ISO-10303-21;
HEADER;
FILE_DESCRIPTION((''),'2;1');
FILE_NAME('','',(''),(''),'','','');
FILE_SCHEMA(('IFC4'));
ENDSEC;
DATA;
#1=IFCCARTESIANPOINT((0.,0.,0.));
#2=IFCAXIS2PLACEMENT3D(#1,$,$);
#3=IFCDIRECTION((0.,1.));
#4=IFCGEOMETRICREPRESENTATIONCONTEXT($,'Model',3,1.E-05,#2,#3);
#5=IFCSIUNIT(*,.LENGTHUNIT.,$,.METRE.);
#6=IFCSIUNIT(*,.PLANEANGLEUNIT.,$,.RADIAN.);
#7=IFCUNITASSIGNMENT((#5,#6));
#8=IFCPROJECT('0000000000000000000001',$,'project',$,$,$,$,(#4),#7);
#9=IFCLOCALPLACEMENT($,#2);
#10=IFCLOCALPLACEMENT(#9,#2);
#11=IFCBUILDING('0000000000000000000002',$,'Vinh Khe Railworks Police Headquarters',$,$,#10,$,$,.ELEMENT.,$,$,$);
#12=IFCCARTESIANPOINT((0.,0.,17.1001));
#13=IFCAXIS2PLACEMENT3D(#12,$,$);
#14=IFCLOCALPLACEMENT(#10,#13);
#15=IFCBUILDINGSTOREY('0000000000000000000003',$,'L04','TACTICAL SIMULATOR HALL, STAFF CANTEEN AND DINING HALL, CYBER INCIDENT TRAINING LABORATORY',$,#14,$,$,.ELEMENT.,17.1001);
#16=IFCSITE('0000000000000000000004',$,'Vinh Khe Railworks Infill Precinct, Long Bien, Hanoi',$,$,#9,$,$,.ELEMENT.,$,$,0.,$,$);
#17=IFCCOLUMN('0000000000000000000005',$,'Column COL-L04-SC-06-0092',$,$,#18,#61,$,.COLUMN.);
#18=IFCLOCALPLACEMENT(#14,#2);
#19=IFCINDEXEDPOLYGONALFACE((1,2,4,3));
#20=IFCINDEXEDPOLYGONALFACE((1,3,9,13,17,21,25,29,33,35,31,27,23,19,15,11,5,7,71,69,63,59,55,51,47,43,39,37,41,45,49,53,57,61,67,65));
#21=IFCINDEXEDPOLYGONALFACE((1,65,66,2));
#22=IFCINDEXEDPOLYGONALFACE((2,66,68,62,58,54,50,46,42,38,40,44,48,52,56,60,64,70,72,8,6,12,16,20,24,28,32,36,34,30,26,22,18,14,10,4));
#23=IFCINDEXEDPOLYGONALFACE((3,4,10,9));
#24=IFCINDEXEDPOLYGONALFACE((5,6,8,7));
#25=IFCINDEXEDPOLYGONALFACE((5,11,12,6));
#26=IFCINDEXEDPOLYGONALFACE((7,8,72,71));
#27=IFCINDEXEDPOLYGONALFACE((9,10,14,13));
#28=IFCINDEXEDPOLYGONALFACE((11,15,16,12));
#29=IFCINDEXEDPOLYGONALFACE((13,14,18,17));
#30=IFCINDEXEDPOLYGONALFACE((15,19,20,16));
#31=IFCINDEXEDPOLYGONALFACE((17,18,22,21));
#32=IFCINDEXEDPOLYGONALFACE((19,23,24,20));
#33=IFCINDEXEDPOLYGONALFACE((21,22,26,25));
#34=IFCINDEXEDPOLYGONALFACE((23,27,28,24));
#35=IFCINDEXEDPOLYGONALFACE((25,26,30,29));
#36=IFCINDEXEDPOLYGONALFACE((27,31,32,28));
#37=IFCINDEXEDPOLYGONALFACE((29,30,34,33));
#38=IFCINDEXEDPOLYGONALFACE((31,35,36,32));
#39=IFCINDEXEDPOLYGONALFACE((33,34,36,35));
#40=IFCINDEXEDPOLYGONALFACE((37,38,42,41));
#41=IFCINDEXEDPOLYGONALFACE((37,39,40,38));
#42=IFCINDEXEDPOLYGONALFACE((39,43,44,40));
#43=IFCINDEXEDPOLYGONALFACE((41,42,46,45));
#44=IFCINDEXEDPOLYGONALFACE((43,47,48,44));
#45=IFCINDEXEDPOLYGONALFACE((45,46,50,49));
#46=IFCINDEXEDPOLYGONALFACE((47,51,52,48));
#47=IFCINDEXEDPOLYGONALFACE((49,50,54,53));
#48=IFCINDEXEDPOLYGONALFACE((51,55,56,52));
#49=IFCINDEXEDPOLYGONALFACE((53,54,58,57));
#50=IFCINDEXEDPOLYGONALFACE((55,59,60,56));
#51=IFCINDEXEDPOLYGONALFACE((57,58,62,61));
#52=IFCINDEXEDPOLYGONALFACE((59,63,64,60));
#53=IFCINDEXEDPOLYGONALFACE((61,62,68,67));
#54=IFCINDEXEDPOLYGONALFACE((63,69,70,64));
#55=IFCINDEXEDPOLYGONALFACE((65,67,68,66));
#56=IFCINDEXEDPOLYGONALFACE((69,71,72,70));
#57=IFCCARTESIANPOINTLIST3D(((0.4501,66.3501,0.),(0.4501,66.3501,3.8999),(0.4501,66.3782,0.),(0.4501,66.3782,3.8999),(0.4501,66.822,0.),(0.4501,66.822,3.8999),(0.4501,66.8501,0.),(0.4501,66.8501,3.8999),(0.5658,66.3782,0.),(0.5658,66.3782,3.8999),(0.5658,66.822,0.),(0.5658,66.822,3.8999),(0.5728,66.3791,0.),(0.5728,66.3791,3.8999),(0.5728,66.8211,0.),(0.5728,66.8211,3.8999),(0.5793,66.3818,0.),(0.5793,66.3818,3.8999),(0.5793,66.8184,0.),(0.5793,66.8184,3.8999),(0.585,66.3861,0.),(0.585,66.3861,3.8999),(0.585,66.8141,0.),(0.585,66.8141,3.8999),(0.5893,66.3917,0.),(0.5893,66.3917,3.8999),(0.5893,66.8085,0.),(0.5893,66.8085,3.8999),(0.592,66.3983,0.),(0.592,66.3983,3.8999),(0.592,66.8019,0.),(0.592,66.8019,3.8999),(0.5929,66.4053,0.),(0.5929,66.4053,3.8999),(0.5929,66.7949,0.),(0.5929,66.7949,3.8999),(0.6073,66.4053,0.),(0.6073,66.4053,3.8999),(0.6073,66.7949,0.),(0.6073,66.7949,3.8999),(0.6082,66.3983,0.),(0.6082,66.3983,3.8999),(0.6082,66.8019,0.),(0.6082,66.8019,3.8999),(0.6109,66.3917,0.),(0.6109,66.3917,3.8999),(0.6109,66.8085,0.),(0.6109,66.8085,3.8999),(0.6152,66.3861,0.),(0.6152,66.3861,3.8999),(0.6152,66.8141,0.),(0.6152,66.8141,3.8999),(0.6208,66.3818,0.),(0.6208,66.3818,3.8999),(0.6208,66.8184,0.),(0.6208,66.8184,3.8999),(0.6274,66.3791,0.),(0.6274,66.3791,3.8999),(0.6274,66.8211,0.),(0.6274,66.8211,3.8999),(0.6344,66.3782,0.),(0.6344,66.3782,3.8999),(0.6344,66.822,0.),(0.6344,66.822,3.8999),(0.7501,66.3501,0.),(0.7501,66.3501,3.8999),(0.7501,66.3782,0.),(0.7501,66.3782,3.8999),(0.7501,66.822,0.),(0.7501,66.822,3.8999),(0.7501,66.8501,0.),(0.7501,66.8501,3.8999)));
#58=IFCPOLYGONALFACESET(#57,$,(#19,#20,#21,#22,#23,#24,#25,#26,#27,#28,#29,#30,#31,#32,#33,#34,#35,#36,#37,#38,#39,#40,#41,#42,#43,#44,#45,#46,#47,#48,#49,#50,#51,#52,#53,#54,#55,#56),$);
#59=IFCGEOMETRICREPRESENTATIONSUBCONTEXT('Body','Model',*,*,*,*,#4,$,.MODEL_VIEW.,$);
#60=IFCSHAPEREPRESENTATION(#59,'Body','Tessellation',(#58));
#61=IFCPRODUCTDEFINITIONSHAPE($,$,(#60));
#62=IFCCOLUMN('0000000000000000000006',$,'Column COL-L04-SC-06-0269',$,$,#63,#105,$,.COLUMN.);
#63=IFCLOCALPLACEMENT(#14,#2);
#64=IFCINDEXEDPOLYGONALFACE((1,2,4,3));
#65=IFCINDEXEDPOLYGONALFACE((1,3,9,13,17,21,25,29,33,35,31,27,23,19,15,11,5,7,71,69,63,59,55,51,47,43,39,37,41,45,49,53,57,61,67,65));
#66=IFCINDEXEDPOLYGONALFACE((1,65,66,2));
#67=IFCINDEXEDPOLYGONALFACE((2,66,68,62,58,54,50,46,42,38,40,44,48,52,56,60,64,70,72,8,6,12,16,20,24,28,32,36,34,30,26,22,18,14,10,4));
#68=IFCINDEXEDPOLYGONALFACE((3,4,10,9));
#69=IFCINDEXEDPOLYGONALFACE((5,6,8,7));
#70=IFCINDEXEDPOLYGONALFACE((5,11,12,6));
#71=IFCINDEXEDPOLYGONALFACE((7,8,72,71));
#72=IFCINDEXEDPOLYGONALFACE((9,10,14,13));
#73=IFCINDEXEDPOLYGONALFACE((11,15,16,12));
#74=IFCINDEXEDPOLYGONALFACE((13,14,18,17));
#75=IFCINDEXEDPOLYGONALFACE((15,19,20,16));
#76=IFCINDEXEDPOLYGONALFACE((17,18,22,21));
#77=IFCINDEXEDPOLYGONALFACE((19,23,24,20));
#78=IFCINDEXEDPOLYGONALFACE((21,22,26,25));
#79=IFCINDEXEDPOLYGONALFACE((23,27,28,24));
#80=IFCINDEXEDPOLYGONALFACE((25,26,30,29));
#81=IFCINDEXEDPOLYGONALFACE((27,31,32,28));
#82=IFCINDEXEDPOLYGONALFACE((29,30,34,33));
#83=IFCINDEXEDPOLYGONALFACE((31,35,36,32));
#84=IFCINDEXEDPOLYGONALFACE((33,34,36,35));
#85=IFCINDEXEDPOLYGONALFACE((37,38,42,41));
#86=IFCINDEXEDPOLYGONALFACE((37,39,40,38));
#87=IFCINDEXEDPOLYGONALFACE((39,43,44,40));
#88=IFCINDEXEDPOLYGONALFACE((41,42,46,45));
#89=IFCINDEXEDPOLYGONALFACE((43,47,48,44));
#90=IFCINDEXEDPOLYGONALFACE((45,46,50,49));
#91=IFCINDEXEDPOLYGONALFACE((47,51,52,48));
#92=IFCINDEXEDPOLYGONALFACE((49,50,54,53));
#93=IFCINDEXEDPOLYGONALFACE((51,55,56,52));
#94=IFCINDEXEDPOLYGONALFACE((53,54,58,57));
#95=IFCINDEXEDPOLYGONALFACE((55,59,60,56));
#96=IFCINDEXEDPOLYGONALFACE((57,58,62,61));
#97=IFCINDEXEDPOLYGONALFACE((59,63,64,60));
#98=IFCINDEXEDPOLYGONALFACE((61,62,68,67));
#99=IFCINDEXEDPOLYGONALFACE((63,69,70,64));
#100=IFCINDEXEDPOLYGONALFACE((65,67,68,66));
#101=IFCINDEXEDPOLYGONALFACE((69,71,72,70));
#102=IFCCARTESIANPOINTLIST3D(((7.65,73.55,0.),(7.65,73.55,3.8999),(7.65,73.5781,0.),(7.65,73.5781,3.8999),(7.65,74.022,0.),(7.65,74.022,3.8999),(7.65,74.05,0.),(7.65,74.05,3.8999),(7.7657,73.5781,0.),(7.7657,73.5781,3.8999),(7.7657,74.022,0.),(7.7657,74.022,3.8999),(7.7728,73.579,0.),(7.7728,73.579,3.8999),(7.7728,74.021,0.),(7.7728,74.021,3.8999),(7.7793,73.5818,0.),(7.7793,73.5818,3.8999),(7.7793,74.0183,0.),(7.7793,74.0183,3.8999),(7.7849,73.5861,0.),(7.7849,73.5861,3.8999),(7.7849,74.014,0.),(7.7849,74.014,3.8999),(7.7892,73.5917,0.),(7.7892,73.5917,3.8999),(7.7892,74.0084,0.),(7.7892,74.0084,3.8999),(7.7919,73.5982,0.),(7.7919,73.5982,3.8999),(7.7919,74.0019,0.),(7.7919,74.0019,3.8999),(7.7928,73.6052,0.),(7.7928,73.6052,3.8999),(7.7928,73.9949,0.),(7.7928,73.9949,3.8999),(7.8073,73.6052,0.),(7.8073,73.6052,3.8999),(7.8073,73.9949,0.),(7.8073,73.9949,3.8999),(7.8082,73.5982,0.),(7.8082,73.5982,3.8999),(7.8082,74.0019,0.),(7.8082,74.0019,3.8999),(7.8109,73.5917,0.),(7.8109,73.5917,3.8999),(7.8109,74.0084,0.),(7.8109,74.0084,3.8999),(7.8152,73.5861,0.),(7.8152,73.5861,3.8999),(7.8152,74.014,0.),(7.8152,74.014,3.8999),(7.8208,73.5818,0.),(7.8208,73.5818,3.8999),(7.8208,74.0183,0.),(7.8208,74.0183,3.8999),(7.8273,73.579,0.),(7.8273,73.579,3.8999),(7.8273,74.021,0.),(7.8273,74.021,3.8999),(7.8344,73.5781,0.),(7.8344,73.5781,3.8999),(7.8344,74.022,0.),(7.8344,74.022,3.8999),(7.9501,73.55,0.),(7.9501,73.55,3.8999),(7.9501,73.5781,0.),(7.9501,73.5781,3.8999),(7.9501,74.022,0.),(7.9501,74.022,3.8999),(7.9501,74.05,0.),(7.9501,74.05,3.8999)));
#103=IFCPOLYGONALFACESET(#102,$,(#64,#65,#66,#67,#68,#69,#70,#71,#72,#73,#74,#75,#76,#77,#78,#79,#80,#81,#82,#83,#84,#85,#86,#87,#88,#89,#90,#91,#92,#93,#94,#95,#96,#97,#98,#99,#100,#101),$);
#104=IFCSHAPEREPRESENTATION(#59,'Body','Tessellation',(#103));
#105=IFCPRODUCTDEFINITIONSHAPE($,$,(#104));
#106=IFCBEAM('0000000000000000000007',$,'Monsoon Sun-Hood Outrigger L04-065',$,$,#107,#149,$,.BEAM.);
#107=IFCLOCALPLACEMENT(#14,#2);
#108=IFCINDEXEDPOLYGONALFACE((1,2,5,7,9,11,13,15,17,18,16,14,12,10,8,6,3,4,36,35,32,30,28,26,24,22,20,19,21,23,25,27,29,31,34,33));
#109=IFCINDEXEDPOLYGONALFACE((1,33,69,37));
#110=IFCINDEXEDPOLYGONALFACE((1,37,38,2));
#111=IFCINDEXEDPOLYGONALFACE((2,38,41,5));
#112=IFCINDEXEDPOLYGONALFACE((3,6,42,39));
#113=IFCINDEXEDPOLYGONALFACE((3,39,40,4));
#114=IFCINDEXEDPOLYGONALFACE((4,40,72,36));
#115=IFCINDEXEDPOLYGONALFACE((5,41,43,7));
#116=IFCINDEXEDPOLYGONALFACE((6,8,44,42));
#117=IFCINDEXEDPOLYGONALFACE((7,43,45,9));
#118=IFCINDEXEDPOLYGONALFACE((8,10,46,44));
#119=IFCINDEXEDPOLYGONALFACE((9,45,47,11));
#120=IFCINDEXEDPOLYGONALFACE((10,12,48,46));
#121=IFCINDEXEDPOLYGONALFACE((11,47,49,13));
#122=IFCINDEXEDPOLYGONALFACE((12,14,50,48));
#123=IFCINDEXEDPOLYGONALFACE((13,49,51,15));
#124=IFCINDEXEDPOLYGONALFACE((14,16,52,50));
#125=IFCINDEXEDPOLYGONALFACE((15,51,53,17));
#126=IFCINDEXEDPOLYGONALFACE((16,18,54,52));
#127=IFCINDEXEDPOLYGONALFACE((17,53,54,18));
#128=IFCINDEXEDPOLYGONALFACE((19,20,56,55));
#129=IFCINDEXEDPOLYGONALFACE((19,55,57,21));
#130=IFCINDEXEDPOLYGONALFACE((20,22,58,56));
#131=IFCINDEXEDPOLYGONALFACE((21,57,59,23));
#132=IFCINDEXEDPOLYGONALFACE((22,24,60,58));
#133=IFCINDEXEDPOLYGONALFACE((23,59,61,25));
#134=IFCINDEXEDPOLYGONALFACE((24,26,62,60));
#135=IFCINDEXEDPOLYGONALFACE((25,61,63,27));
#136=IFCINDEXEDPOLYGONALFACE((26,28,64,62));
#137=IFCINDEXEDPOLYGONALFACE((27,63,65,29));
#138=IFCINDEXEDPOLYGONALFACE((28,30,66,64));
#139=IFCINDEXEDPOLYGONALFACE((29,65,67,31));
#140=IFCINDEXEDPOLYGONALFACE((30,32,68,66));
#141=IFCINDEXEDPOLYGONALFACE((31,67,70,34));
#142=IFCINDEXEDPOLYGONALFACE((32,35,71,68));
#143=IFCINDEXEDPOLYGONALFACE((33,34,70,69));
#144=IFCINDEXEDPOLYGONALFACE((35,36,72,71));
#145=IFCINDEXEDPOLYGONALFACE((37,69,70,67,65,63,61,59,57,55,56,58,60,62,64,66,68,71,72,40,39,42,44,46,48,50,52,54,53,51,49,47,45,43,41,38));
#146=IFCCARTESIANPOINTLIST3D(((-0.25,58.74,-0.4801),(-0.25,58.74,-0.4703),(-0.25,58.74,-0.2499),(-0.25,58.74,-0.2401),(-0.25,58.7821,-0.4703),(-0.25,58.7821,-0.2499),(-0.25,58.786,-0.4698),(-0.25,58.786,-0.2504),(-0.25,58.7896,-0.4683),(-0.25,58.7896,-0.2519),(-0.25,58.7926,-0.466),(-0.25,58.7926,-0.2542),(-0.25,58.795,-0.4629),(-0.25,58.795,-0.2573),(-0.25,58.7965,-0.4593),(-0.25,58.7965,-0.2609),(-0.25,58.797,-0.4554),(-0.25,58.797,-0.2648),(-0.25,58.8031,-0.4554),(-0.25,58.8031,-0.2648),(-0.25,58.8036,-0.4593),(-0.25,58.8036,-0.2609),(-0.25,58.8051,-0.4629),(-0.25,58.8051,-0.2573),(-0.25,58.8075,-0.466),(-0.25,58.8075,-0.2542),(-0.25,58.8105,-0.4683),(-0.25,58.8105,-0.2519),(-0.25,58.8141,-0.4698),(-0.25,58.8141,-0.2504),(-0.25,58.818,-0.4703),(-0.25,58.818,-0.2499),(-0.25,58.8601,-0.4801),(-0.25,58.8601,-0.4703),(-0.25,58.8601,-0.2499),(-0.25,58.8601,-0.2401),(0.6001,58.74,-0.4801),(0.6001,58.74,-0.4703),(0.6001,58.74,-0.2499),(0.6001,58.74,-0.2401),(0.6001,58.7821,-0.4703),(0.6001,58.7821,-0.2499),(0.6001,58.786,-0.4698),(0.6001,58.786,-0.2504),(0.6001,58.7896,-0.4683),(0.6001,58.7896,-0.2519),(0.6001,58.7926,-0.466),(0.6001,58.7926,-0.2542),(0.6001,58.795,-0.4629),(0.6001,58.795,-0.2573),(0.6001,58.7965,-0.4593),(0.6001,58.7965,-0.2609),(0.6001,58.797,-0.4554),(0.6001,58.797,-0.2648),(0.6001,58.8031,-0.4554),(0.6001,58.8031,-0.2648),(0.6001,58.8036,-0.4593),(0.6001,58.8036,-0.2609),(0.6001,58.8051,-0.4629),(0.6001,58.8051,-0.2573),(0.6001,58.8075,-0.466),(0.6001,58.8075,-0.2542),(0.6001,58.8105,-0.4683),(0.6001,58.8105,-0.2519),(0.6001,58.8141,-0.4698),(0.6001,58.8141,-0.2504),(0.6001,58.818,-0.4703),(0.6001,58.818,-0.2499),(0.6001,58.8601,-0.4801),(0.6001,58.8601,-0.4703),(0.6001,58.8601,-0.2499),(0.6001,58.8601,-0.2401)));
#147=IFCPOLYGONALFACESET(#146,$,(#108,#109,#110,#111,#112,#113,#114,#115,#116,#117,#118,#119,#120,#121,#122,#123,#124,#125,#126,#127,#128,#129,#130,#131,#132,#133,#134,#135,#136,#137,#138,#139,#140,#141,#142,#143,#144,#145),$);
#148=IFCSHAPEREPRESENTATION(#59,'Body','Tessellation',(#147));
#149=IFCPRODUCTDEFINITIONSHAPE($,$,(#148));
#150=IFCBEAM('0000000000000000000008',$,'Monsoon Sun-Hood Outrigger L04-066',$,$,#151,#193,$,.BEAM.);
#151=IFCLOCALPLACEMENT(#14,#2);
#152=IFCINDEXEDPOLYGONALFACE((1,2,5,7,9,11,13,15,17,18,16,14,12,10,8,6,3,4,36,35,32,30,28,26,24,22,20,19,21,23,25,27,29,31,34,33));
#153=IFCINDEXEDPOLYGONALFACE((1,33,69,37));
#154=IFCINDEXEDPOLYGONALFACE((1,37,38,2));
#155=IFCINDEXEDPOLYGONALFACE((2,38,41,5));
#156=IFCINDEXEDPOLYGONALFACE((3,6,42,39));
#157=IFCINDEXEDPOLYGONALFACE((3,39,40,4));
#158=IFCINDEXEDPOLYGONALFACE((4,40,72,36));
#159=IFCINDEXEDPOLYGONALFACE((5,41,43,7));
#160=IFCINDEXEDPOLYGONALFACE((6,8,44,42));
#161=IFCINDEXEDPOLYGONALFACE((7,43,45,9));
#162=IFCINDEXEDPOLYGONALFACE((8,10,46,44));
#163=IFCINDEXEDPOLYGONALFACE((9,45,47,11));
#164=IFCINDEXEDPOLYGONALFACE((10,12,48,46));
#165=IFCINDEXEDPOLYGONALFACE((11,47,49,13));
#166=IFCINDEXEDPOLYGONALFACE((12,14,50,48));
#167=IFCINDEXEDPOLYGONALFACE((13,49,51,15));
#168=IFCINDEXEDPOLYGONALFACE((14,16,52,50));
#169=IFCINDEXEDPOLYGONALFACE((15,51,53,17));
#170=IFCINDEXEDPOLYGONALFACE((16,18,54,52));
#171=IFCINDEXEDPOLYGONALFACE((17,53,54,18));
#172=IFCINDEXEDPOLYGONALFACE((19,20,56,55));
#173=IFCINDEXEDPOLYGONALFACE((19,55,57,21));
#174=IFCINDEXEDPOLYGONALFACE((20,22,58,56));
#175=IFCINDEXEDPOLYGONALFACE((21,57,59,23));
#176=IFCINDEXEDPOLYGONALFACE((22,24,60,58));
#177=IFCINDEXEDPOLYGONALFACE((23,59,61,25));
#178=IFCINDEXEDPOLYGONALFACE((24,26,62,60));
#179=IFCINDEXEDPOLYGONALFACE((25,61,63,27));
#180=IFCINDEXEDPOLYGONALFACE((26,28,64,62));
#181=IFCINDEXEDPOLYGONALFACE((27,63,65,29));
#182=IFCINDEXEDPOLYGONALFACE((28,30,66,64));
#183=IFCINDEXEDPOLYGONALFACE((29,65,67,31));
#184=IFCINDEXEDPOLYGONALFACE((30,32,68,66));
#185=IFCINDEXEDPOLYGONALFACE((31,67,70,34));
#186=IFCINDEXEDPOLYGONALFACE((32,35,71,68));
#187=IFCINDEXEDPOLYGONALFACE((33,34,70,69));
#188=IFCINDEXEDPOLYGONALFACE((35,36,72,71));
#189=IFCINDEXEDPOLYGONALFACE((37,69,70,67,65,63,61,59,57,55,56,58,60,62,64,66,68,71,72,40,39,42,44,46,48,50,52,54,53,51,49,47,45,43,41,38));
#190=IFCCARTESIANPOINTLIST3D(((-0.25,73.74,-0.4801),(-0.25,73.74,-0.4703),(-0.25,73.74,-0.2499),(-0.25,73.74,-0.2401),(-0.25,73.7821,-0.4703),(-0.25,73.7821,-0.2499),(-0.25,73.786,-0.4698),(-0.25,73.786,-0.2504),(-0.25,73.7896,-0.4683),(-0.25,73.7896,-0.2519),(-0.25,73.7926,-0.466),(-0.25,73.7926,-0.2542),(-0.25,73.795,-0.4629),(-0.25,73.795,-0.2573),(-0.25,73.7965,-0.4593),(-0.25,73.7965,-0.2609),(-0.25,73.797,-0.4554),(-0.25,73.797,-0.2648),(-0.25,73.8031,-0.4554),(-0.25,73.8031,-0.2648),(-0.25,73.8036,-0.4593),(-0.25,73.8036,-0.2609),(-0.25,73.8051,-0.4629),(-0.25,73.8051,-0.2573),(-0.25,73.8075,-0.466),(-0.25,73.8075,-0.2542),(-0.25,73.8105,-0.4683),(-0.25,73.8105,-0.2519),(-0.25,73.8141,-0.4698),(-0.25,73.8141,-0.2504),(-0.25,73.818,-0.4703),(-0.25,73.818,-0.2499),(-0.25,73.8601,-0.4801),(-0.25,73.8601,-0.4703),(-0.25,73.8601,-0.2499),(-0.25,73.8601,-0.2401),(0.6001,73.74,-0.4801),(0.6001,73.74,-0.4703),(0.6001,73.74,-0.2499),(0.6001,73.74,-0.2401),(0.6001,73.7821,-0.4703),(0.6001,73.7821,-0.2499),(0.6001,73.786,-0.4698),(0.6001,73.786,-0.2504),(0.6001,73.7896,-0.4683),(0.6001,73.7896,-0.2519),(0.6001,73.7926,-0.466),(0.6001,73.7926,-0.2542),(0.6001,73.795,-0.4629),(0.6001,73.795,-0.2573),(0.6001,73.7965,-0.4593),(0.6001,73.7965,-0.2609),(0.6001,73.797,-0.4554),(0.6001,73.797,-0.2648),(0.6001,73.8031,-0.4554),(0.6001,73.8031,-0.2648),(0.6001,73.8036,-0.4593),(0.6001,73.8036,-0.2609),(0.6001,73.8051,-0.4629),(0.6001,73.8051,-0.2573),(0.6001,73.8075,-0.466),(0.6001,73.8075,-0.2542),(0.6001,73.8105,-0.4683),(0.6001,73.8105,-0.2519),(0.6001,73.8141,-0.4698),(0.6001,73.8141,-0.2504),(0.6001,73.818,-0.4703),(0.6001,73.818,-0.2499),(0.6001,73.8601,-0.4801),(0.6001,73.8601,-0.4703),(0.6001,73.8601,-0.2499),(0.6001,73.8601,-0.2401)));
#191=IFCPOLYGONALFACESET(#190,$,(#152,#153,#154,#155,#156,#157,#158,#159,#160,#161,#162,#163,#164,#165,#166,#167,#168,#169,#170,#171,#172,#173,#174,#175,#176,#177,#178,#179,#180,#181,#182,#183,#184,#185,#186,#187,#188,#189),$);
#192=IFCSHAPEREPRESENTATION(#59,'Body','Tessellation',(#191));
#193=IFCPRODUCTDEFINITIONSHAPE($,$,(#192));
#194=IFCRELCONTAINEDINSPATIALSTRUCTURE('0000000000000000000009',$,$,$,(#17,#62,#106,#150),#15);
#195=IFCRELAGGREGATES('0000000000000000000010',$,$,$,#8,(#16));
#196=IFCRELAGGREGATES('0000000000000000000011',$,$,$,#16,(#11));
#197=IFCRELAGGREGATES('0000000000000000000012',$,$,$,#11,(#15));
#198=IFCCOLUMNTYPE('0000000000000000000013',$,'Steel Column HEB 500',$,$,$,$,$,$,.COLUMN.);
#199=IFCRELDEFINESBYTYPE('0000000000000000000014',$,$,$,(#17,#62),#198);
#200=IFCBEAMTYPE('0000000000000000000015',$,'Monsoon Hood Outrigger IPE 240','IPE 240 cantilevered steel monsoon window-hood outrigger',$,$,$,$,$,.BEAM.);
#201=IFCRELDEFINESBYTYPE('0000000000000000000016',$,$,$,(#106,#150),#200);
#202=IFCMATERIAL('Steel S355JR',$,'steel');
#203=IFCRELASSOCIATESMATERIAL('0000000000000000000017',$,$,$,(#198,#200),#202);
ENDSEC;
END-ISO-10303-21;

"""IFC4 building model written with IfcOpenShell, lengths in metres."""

from ifc_helpers import new_model, si_unit, direction, frame, origin, origin_2d, place, context, subcontext, project, spatial, i_section, extrude, material, material_profile, profile_set, type_object, element, save


model = new_model("IFC4")

# Units and contexts
model_context = context("Model", 3, precision=1e-05, world=origin(), true_north=direction((0.0, 1.0)))
body_context = subcontext(model_context, "Body", "Model", "MODEL_VIEW")
ifc_project = project(units=[si_unit("LENGTHUNIT", "METRE"), si_unit("PLANEANGLEUNIT", "RADIAN")], contexts=[model_context])

# Site, building, storey
site_placement = place(None, origin())
site = spatial("IfcSite", under=ifc_project, at=site_placement, Name="Vinh Khe Railworks Infill Precinct, Long Bien, Hanoi", CompositionType="ELEMENT", RefElevation=0.0)
building_placement = place(site_placement, origin())
building = spatial("IfcBuilding", under=site, at=building_placement, Name="Vinh Khe Railworks Police Headquarters", CompositionType="ELEMENT")
storey_placement = place(building_placement, frame((0.0, 0.0, 17.1001)))
storey = spatial("IfcBuildingStorey", under=building, at=storey_placement, Name="L04", Description="TACTICAL SIMULATOR HALL, STAFF CANTEEN AND DINING HALL, CYBER INCIDENT TRAINING LABORATORY", CompositionType="ELEMENT", Elevation=17.1001)

# Columns
ifc_material_1 = material(Name="Steel S355JR", Category="steel")
ifc_material_profile_1 = material_profile(ifc_material_1, i_section(OverallWidth=0.3, OverallDepth=0.5, WebThickness=0.0144, FlangeThickness=0.0281, FilletRadius=0.0271, at=origin_2d()), Name="HEB 500")
ifc_profile_set_1 = profile_set([ifc_material_profile_1], Name="Steel S355JR")
column_type_1 = type_object("IfcColumnType", Name="Steel Column HEB 500", PredefinedType="COLUMN", material=ifc_profile_set_1)
for number, where, z_axis, x_axis, name in (
    (1, (0.6001, 66.6001, 0.0), (0.0, 0.0, 1.0), (1.0, 0.0, 0.0), "Column COL-L04-SC-06-0092"),
    (2, (7.8, 73.8, 0.0), (0.0, 0.0, 1.0), (1.0, 0.0, 0.0), "Column COL-L04-SC-06-0269"),
):
    element("IfcColumn", number, at=place(storey_placement, frame(where, z_axis=z_axis, x_axis=x_axis)), inside=storey, type_object=column_type_1, Name=name, PredefinedType="COLUMN", context=body_context, shape_type="SweptSolid", body=[
        extrude(i_section(OverallWidth=0.3, OverallDepth=0.5, WebThickness=0.0144, FlangeThickness=0.0281, FilletRadius=0.0271, at=origin_2d()), origin(), (0.0, 0.0, 1.0), 3.8999),
    ])

# Beams
ifc_material_profile_2 = material_profile(ifc_material_1, i_section(OverallWidth=0.1201, OverallDepth=0.24, WebThickness=0.0061, FlangeThickness=0.0098, FilletRadius=0.0149, at=origin_2d()), Name="IPE 240")
ifc_profile_set_2 = profile_set([ifc_material_profile_2], Name="Steel S355JR")
beam_type_1 = type_object("IfcBeamType", Name="Monsoon Hood Outrigger IPE 240", Description="IPE 240 cantilevered steel monsoon window-hood outrigger", PredefinedType="BEAM", material=ifc_profile_set_2)
for number, where, z_axis, x_axis, name in (
    (3, (-0.25, 58.8, -0.3601), (1.0, 0.0, 0.0), (0.0, 1.0, 0.0), "Monsoon Sun-Hood Outrigger L04-065"),
    (4, (-0.25, 73.8, -0.3601), (1.0, 0.0, 0.0), (0.0, 1.0, 0.0), "Monsoon Sun-Hood Outrigger L04-066"),
):
    element("IfcBeam", number, at=place(storey_placement, frame(where, z_axis=z_axis, x_axis=x_axis)), inside=storey, type_object=beam_type_1, Name=name, PredefinedType="BEAM", context=body_context, shape_type="SweptSolid", body=[
        extrude(i_section(OverallWidth=0.1201, OverallDepth=0.24, WebThickness=0.0061, FlangeThickness=0.0098, FilletRadius=0.0149, at=origin_2d()), origin(), (0.0, 0.0, 1.0), 0.8501),
    ])

save(model, "model.ifc")
